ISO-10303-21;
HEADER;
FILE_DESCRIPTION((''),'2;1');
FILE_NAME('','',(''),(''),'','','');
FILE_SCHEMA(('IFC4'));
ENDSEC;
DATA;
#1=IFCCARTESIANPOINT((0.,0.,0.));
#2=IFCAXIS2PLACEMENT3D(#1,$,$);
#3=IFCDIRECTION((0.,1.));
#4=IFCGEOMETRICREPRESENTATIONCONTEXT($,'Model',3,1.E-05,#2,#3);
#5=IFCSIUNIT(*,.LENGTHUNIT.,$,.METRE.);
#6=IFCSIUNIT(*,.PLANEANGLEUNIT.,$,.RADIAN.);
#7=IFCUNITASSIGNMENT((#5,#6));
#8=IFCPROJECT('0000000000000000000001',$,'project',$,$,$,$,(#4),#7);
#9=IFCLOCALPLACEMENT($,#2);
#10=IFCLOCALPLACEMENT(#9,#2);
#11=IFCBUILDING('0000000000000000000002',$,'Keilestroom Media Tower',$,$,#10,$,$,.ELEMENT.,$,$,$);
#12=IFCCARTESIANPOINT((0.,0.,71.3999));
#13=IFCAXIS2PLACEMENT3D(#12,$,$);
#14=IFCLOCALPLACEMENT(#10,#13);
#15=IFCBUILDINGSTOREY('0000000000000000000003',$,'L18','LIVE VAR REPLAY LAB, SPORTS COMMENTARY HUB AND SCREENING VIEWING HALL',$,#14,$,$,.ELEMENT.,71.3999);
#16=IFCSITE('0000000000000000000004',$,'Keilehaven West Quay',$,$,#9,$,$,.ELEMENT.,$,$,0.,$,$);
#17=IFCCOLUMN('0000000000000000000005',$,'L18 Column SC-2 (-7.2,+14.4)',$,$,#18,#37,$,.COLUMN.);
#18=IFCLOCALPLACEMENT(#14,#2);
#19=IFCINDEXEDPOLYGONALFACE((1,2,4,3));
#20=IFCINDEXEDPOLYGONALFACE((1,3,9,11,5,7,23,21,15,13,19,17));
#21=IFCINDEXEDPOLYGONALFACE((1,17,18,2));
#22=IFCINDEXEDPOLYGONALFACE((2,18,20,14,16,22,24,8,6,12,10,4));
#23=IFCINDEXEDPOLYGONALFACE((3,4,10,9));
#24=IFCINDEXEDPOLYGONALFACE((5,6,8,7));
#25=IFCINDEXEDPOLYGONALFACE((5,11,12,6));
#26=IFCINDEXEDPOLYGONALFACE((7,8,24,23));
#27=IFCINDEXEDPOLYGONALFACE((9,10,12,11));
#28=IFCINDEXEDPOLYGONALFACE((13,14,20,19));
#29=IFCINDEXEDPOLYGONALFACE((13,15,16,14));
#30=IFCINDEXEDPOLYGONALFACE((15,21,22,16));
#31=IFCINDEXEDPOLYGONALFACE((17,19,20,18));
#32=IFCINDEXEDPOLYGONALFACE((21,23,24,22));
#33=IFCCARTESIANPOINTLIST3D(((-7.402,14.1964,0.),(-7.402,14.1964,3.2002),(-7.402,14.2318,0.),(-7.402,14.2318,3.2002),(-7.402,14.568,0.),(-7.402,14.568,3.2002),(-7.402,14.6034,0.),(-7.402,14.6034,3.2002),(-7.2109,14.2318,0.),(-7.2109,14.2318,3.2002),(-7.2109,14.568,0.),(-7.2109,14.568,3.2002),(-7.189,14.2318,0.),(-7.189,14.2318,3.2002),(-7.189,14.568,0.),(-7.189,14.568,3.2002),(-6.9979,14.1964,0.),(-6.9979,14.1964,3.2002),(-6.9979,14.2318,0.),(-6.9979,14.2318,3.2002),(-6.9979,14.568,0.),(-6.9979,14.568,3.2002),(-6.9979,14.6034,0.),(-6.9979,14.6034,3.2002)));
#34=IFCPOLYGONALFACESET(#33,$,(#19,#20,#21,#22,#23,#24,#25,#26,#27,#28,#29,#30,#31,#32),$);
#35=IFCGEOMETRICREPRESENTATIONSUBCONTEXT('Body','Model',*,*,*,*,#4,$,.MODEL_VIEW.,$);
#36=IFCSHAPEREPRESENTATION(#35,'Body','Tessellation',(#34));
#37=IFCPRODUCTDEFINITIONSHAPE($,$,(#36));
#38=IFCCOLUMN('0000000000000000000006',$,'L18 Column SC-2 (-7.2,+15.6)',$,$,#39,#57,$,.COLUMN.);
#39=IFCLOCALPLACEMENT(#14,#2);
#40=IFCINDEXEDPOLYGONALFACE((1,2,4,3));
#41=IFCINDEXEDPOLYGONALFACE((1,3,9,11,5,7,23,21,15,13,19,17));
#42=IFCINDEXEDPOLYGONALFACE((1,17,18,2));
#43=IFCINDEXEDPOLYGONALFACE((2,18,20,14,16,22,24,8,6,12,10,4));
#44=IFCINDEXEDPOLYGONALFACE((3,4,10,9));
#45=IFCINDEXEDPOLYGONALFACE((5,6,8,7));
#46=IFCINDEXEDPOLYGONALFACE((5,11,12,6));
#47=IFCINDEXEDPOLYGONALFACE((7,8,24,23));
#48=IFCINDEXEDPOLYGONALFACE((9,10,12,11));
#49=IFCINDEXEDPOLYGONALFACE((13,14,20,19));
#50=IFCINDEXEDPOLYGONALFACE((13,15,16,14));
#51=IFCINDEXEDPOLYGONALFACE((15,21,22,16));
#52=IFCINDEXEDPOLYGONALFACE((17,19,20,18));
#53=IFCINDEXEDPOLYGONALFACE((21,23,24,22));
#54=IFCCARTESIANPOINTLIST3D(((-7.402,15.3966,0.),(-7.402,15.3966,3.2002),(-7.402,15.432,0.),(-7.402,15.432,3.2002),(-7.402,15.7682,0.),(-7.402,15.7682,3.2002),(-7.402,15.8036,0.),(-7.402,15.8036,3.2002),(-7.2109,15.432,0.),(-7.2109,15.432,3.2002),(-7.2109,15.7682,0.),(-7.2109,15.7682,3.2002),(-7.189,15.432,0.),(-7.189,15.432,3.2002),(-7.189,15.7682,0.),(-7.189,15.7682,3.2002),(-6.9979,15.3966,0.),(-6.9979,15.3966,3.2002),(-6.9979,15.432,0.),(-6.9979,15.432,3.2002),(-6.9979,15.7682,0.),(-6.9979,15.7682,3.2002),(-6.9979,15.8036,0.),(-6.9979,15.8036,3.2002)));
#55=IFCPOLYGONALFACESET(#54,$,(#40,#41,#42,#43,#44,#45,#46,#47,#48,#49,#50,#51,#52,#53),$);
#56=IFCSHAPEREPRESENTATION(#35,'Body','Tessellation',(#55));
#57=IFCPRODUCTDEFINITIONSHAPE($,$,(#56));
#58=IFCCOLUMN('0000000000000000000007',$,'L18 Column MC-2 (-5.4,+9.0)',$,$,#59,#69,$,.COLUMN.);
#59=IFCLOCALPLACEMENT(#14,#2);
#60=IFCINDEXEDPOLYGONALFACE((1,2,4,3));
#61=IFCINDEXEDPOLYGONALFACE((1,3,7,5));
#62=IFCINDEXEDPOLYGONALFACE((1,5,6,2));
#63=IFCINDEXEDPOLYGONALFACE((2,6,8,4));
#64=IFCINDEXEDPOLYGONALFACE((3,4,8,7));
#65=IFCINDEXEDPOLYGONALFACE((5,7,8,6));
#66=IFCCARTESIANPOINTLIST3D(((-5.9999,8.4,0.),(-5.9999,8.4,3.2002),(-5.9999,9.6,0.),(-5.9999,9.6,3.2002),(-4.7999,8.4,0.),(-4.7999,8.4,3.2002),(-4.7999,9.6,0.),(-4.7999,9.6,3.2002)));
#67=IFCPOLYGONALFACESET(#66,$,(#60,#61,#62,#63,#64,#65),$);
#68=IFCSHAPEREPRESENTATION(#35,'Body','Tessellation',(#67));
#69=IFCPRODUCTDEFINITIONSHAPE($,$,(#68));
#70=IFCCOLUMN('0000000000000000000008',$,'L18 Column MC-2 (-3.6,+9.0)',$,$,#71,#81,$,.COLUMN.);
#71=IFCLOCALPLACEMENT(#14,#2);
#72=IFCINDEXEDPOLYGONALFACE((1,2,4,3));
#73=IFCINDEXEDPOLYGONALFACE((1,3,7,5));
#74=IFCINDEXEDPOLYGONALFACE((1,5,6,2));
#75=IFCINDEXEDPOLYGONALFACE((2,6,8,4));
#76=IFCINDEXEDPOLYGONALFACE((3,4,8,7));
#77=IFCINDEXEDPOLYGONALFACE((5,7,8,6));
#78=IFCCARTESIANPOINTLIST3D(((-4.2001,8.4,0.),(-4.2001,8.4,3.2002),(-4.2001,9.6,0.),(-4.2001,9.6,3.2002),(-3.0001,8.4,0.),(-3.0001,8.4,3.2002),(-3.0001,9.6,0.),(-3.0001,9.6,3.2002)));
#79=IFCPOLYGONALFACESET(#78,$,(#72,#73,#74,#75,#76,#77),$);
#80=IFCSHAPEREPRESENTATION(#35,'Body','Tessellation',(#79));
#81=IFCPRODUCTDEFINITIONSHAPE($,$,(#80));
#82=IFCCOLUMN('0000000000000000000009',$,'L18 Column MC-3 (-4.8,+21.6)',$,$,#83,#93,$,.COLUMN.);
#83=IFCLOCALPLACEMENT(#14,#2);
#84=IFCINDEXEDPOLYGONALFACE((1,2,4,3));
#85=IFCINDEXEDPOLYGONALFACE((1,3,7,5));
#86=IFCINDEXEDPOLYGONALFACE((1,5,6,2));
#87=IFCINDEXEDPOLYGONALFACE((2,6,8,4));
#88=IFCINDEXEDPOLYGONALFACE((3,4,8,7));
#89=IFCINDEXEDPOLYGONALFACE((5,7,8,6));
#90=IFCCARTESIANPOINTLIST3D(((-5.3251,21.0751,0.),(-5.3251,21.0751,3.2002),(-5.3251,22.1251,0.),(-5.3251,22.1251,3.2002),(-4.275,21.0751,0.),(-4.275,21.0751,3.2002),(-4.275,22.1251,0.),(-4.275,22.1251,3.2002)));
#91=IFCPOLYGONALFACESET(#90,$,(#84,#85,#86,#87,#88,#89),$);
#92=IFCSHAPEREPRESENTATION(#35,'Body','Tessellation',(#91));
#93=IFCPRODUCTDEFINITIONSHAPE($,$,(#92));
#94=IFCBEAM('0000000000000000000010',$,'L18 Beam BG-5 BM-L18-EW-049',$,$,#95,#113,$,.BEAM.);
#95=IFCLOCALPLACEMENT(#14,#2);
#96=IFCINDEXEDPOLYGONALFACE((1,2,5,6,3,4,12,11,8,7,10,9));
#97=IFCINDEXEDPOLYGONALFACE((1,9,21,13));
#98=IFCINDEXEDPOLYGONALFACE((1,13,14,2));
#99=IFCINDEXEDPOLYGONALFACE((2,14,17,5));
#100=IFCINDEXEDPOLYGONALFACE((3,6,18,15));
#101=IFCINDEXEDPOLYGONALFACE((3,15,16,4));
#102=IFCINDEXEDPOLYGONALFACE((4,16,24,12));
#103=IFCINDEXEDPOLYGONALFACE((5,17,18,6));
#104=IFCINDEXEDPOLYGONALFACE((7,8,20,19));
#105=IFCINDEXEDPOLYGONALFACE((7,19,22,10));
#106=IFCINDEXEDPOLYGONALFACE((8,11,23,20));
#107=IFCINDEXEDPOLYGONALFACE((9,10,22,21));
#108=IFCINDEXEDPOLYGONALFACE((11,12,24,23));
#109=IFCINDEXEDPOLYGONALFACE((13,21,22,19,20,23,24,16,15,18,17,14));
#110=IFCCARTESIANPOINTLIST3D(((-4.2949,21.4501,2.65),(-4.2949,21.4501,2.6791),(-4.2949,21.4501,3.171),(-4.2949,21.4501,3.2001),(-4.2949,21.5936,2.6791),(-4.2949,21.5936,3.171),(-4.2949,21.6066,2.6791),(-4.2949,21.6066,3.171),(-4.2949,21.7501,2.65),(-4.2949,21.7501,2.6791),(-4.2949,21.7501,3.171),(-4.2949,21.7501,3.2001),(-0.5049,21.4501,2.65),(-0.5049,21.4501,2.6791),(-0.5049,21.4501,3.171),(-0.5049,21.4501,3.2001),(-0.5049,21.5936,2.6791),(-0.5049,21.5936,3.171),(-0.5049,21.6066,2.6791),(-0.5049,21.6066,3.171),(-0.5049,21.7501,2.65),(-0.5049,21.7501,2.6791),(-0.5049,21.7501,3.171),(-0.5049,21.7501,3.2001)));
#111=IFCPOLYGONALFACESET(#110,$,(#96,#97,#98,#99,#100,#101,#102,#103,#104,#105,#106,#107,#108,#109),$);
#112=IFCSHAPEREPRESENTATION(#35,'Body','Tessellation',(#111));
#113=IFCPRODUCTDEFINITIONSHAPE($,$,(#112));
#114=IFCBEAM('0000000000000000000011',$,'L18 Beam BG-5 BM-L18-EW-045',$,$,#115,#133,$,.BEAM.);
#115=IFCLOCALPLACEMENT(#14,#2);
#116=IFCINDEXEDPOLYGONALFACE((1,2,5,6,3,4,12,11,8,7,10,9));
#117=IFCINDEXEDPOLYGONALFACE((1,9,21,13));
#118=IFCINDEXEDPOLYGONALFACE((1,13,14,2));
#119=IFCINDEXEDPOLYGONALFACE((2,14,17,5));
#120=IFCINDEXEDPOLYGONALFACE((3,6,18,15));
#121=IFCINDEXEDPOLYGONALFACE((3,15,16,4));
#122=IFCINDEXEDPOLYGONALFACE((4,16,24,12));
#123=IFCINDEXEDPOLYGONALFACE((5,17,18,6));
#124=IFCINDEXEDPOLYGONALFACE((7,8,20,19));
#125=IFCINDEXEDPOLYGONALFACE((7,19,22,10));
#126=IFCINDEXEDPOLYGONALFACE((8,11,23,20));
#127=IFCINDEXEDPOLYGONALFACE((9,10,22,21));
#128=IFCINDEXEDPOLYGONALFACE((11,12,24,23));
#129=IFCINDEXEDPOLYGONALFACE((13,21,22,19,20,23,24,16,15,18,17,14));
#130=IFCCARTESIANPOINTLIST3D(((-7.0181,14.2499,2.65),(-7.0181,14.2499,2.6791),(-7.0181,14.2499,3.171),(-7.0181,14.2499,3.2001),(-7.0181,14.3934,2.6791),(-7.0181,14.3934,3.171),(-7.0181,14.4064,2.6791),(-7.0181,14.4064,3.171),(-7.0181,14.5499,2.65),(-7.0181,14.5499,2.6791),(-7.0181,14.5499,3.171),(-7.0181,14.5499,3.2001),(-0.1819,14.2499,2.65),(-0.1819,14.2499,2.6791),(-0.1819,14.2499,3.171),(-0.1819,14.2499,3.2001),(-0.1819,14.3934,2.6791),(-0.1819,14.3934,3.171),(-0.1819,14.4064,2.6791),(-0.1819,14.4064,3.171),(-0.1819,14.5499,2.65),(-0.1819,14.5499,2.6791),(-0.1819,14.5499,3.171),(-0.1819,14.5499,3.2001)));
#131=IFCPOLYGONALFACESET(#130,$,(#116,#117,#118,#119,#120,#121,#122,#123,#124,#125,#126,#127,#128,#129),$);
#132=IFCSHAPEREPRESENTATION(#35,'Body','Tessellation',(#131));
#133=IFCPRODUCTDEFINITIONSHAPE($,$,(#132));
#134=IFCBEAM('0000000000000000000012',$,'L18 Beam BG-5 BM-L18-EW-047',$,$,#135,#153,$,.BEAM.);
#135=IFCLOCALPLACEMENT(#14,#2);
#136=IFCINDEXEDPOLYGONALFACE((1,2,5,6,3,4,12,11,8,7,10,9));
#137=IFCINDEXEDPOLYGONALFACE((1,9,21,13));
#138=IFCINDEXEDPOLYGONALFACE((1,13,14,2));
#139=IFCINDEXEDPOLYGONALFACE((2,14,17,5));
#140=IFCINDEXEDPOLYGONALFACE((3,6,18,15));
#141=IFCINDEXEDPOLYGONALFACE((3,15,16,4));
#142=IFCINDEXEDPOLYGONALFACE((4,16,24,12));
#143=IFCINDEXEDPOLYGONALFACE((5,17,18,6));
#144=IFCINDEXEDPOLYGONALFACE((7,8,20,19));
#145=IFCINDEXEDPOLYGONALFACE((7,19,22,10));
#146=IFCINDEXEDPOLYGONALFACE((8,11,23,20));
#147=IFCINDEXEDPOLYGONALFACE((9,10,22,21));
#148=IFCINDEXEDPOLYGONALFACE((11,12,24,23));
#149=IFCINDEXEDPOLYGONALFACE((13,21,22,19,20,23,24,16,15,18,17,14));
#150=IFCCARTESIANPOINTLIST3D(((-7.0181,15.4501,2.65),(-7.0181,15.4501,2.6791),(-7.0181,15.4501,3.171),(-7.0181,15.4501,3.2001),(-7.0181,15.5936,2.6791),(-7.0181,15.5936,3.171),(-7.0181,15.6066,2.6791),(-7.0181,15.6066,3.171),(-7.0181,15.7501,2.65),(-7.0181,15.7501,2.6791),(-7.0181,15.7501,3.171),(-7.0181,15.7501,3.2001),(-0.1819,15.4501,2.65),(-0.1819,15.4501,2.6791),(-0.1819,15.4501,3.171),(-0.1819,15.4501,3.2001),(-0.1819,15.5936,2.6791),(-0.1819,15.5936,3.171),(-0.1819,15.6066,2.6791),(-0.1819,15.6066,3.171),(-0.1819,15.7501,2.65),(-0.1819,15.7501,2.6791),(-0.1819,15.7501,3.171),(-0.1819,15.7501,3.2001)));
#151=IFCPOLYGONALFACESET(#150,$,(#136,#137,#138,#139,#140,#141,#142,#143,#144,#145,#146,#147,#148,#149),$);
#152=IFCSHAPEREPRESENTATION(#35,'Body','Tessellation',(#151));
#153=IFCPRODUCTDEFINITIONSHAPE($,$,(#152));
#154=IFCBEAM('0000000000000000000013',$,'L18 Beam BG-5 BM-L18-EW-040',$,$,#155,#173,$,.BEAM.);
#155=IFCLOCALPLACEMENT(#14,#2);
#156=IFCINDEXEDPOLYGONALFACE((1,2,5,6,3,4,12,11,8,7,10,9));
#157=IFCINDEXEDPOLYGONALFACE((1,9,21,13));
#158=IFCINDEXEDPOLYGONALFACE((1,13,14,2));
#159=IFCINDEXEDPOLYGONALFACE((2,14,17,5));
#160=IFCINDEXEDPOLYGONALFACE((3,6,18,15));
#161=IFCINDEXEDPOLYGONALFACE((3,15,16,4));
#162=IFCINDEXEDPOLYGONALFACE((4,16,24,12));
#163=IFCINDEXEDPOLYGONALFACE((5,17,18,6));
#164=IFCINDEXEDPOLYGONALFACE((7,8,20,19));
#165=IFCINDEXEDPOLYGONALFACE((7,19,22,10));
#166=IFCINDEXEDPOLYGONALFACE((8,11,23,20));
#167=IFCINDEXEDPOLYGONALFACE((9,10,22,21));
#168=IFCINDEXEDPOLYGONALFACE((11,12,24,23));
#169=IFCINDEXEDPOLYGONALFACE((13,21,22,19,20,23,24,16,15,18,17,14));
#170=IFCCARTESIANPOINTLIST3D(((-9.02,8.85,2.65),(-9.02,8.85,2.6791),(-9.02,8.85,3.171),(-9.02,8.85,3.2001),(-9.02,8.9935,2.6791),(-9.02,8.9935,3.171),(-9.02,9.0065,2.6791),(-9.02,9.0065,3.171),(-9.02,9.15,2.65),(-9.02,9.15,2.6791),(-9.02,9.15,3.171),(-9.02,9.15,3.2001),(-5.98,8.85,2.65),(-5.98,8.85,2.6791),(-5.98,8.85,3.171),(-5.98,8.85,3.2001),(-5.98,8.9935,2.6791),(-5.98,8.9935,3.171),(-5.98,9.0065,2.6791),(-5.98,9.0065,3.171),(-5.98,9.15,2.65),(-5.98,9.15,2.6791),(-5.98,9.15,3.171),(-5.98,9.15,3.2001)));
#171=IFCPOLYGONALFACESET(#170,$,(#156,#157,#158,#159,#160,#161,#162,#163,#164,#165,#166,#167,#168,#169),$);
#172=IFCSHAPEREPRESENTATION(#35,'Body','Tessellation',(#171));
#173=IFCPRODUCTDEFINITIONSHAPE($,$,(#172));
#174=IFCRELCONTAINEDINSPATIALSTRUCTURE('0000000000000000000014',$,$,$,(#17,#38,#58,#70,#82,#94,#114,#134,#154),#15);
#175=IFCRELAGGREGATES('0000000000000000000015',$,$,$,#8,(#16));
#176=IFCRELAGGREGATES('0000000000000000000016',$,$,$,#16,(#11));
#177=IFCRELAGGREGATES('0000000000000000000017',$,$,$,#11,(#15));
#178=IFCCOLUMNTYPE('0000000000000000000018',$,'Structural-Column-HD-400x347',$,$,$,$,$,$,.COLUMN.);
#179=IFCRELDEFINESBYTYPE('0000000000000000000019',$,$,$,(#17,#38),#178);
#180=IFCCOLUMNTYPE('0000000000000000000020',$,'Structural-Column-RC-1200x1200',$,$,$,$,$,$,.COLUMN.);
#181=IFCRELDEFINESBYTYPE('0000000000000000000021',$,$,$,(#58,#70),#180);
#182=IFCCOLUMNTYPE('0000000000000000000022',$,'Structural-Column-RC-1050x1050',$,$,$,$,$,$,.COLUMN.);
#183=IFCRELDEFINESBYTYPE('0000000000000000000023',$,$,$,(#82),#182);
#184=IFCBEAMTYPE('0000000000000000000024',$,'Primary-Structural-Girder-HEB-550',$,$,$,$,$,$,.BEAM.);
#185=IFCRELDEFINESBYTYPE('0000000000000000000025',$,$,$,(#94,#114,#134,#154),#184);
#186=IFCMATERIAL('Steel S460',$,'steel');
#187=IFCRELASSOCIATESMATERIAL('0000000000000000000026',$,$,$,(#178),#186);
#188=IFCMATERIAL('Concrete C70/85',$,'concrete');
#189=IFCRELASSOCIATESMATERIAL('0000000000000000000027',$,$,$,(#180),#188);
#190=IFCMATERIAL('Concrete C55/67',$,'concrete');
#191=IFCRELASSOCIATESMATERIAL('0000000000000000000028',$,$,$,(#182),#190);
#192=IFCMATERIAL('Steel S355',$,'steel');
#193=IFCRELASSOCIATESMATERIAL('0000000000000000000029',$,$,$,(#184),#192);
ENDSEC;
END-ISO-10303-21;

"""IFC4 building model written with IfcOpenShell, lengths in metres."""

from ifc_helpers import new_model, si_unit, direction, frame, origin, origin_2d, place, context, subcontext, project, spatial, rectangle, i_section, extrude, source, transform, mapped, material, material_profile, profile_set, type_object, element, save


model = new_model("IFC4")

# Units and contexts
model_context = context("Model", 3, precision=1e-05, world=origin(), true_north=direction((0.0, 1.0)))
body_context = subcontext(model_context, "Body", "Model", "MODEL_VIEW")
ifc_project = project(units=[si_unit("LENGTHUNIT", "METRE"), si_unit("PLANEANGLEUNIT", "RADIAN")], contexts=[model_context])

# Site, building, storey
site_placement = place(None, origin())
site = spatial("IfcSite", under=ifc_project, at=site_placement, Name="Keilehaven West Quay", CompositionType="ELEMENT", RefElevation=0.0)
building_placement = place(site_placement, origin())
building = spatial("IfcBuilding", under=site, at=building_placement, Name="Keilestroom Media Tower", CompositionType="ELEMENT")
storey_placement = place(building_placement, frame((0.0, 0.0, 71.3999)))
storey = spatial("IfcBuildingStorey", under=building, at=storey_placement, Name="L18", Description="LIVE VAR REPLAY LAB, SPORTS COMMENTARY HUB AND SCREENING VIEWING HALL", CompositionType="ELEMENT", Elevation=71.3999)

# Columns
ifc_material_1 = material(Name="Steel S460", Category="steel")
ifc_material_profile_1 = material_profile(ifc_material_1, i_section(OverallWidth=0.4041, OverallDepth=0.407, WebThickness=0.022, FlangeThickness=0.0354, at=origin_2d()), Name="HD 400x347")
ifc_profile_set_1 = profile_set([ifc_material_profile_1], Name="Steel S460")
column_type_1 = type_object("IfcColumnType", Name="Structural-Column-HD-400x347", PredefinedType="COLUMN", material=ifc_profile_set_1)
shared_shape_1 = source(origin(), body_context, "Body", "SweptSolid", [
    extrude(i_section(OverallWidth=0.4041, OverallDepth=0.407, WebThickness=0.022, FlangeThickness=0.0354, at=origin_2d()), origin(), (0.0, 0.0, 1.0), 3.2002),
])
for number, where, z_axis, x_axis, name in (
    (1, (-7.2, 14.3999, 0.0), (0.0, 0.0, 1.0), (1.0, 0.0, 0.0), "L18 Column SC-2 (-7.2,+14.4)"),
    (2, (-7.2, 15.6001, 0.0), (0.0, 0.0, 1.0), (1.0, 0.0, 0.0), "L18 Column SC-2 (-7.2,+15.6)"),
):
    element("IfcColumn", number, at=place(storey_placement, frame(where, z_axis=z_axis, x_axis=x_axis)), inside=storey, type_object=column_type_1, Name=name, PredefinedType="COLUMN", context=body_context, shape_type="MappedRepresentation", body=[
        mapped(shared_shape_1, transform((0.0, 0.0, 0.0), x_axis=(1.0, 0.0, 0.0), y_axis=(0.0, 1.0, 0.0), z_axis=(0.0, 0.0, 1.0), scale=1.0)),
    ])
ifc_material_2 = material(Name="Concrete C70/85", Category="concrete")
ifc_material_profile_2 = material_profile(ifc_material_2, rectangle(XDim=1.2, YDim=1.2, at=origin_2d()), Name="RC 1200x1200")
ifc_profile_set_2 = profile_set([ifc_material_profile_2], Name="Concrete C70/85")
column_type_2 = type_object("IfcColumnType", Name="Structural-Column-RC-1200x1200", PredefinedType="COLUMN", material=ifc_profile_set_2)
shared_shape_2 = source(origin(), body_context, "Body", "SweptSolid", [
    extrude(rectangle(XDim=1.2, YDim=1.2, at=origin_2d()), origin(), (0.0, 0.0, 1.0), 3.2002),
])
for number, where, z_axis, x_axis, name in (
    (3, (-5.3999, 9.0, 0.0), (0.0, 0.0, 1.0), (1.0, 0.0, 0.0), "L18 Column MC-2 (-5.4,+9.0)"),
    (4, (-3.6001, 9.0, 0.0), (0.0, 0.0, 1.0), (1.0, 0.0, 0.0), "L18 Column MC-2 (-3.6,+9.0)"),
):
    element("IfcColumn", number, at=place(storey_placement, frame(where, z_axis=z_axis, x_axis=x_axis)), inside=storey, type_object=column_type_2, Name=name, PredefinedType="COLUMN", context=body_context, shape_type="MappedRepresentation", body=[
        mapped(shared_shape_2, transform((0.0, 0.0, 0.0), x_axis=(1.0, 0.0, 0.0), y_axis=(0.0, 1.0, 0.0), z_axis=(0.0, 0.0, 1.0), scale=1.0)),
    ])
ifc_material_3 = material(Name="Concrete C55/67", Category="concrete")
ifc_material_profile_3 = material_profile(ifc_material_3, rectangle(XDim=1.05, YDim=1.05, at=origin_2d()), Name="RC 1050x1050")
ifc_profile_set_3 = profile_set([ifc_material_profile_3], Name="Concrete C55/67")
column_type_3 = type_object("IfcColumnType", Name="Structural-Column-RC-1050x1050", PredefinedType="COLUMN", material=ifc_profile_set_3)
shared_shape_3 = source(origin(), body_context, "Body", "SweptSolid", [
    extrude(rectangle(XDim=1.05, YDim=1.05, at=origin_2d()), origin(), (0.0, 0.0, 1.0), 3.2002),
])
column_placement = place(storey_placement, frame((-4.8, 21.6001, 0.0), z_axis=(0.0, 0.0, 1.0), x_axis=(1.0, 0.0, 0.0)))
element("IfcColumn", 5, at=column_placement, inside=storey, type_object=column_type_3, Name="L18 Column MC-3 (-4.8,+21.6)", PredefinedType="COLUMN", context=body_context, shape_type="MappedRepresentation", body=[
    mapped(shared_shape_3, transform((0.0, 0.0, 0.0), x_axis=(1.0, 0.0, 0.0), y_axis=(0.0, 1.0, 0.0), z_axis=(0.0, 0.0, 1.0), scale=1.0)),
])

# Beams
ifc_material_4 = material(Name="Steel S355", Category="steel")
ifc_material_profile_4 = material_profile(ifc_material_4, i_section(OverallWidth=0.3, OverallDepth=0.55, WebThickness=0.0129, FlangeThickness=0.0291, at=origin_2d()), Name="HEB 550")
ifc_profile_set_4 = profile_set([ifc_material_profile_4], Name="Steel S355")
beam_type = type_object("IfcBeamType", Name="Primary-Structural-Girder-HEB-550", PredefinedType="BEAM", material=ifc_profile_set_4)
shared_shape_4 = source(origin(), body_context, "Body", "SweptSolid", [
    extrude(i_section(OverallWidth=0.3, OverallDepth=0.55, WebThickness=0.0129, FlangeThickness=0.0291, at=origin_2d()), origin(), (0.0, 0.0, 1.0), 3.79),
])
beam_1_placement = place(storey_placement, frame((-4.2949, 21.6001, 2.925), z_axis=(1.0, 0.0, 0.0), x_axis=(0.0, 1.0, 0.0)))
element("IfcBeam", 6, at=beam_1_placement, inside=storey, type_object=beam_type, Name="L18 Beam BG-5 BM-L18-EW-049", PredefinedType="BEAM", context=body_context, shape_type="MappedRepresentation", body=[
    mapped(shared_shape_4, transform((0.0, 0.0, 0.0), x_axis=(1.0, 0.0, 0.0), y_axis=(0.0, 1.0, 0.0), z_axis=(0.0, 0.0, 1.0), scale=1.0)),
])
shared_shape_5 = source(origin(), body_context, "Body", "SweptSolid", [
    extrude(i_section(OverallWidth=0.3, OverallDepth=0.55, WebThickness=0.0129, FlangeThickness=0.0291, at=origin_2d()), origin(), (0.0, 0.0, 1.0), 6.8362),
])
for number, where, z_axis, x_axis, name in (
    (7, (-7.0181, 14.3999, 2.925), (1.0, 0.0, 0.0), (0.0, 1.0, 0.0), "L18 Beam BG-5 BM-L18-EW-045"),
    (8, (-7.0181, 15.6001, 2.925), (1.0, 0.0, 0.0), (0.0, 1.0, 0.0), "L18 Beam BG-5 BM-L18-EW-047"),
):
    element("IfcBeam", number, at=place(storey_placement, frame(where, z_axis=z_axis, x_axis=x_axis)), inside=storey, type_object=beam_type, Name=name, PredefinedType="BEAM", context=body_context, shape_type="MappedRepresentation", body=[
        mapped(shared_shape_5, transform((0.0, 0.0, 0.0), x_axis=(1.0, 0.0, 0.0), y_axis=(0.0, 1.0, 0.0), z_axis=(0.0, 0.0, 1.0), scale=1.0)),
    ])
shared_shape_6 = source(origin(), body_context, "Body", "SweptSolid", [
    extrude(i_section(OverallWidth=0.3, OverallDepth=0.55, WebThickness=0.0129, FlangeThickness=0.0291, at=origin_2d()), origin(), (0.0, 0.0, 1.0), 3.04),
])
beam_2_placement = place(storey_placement, frame((-9.02, 9.0, 2.925), z_axis=(1.0, 0.0, 0.0), x_axis=(0.0, 1.0, 0.0)))
element("IfcBeam", 9, at=beam_2_placement, inside=storey, type_object=beam_type, Name="L18 Beam BG-5 BM-L18-EW-040", PredefinedType="BEAM", context=body_context, shape_type="MappedRepresentation", body=[
    mapped(shared_shape_6, transform((0.0, 0.0, 0.0), x_axis=(1.0, 0.0, 0.0), y_axis=(0.0, 1.0, 0.0), z_axis=(0.0, 0.0, 1.0), scale=1.0)),
])

save(model, "model.ifc")
